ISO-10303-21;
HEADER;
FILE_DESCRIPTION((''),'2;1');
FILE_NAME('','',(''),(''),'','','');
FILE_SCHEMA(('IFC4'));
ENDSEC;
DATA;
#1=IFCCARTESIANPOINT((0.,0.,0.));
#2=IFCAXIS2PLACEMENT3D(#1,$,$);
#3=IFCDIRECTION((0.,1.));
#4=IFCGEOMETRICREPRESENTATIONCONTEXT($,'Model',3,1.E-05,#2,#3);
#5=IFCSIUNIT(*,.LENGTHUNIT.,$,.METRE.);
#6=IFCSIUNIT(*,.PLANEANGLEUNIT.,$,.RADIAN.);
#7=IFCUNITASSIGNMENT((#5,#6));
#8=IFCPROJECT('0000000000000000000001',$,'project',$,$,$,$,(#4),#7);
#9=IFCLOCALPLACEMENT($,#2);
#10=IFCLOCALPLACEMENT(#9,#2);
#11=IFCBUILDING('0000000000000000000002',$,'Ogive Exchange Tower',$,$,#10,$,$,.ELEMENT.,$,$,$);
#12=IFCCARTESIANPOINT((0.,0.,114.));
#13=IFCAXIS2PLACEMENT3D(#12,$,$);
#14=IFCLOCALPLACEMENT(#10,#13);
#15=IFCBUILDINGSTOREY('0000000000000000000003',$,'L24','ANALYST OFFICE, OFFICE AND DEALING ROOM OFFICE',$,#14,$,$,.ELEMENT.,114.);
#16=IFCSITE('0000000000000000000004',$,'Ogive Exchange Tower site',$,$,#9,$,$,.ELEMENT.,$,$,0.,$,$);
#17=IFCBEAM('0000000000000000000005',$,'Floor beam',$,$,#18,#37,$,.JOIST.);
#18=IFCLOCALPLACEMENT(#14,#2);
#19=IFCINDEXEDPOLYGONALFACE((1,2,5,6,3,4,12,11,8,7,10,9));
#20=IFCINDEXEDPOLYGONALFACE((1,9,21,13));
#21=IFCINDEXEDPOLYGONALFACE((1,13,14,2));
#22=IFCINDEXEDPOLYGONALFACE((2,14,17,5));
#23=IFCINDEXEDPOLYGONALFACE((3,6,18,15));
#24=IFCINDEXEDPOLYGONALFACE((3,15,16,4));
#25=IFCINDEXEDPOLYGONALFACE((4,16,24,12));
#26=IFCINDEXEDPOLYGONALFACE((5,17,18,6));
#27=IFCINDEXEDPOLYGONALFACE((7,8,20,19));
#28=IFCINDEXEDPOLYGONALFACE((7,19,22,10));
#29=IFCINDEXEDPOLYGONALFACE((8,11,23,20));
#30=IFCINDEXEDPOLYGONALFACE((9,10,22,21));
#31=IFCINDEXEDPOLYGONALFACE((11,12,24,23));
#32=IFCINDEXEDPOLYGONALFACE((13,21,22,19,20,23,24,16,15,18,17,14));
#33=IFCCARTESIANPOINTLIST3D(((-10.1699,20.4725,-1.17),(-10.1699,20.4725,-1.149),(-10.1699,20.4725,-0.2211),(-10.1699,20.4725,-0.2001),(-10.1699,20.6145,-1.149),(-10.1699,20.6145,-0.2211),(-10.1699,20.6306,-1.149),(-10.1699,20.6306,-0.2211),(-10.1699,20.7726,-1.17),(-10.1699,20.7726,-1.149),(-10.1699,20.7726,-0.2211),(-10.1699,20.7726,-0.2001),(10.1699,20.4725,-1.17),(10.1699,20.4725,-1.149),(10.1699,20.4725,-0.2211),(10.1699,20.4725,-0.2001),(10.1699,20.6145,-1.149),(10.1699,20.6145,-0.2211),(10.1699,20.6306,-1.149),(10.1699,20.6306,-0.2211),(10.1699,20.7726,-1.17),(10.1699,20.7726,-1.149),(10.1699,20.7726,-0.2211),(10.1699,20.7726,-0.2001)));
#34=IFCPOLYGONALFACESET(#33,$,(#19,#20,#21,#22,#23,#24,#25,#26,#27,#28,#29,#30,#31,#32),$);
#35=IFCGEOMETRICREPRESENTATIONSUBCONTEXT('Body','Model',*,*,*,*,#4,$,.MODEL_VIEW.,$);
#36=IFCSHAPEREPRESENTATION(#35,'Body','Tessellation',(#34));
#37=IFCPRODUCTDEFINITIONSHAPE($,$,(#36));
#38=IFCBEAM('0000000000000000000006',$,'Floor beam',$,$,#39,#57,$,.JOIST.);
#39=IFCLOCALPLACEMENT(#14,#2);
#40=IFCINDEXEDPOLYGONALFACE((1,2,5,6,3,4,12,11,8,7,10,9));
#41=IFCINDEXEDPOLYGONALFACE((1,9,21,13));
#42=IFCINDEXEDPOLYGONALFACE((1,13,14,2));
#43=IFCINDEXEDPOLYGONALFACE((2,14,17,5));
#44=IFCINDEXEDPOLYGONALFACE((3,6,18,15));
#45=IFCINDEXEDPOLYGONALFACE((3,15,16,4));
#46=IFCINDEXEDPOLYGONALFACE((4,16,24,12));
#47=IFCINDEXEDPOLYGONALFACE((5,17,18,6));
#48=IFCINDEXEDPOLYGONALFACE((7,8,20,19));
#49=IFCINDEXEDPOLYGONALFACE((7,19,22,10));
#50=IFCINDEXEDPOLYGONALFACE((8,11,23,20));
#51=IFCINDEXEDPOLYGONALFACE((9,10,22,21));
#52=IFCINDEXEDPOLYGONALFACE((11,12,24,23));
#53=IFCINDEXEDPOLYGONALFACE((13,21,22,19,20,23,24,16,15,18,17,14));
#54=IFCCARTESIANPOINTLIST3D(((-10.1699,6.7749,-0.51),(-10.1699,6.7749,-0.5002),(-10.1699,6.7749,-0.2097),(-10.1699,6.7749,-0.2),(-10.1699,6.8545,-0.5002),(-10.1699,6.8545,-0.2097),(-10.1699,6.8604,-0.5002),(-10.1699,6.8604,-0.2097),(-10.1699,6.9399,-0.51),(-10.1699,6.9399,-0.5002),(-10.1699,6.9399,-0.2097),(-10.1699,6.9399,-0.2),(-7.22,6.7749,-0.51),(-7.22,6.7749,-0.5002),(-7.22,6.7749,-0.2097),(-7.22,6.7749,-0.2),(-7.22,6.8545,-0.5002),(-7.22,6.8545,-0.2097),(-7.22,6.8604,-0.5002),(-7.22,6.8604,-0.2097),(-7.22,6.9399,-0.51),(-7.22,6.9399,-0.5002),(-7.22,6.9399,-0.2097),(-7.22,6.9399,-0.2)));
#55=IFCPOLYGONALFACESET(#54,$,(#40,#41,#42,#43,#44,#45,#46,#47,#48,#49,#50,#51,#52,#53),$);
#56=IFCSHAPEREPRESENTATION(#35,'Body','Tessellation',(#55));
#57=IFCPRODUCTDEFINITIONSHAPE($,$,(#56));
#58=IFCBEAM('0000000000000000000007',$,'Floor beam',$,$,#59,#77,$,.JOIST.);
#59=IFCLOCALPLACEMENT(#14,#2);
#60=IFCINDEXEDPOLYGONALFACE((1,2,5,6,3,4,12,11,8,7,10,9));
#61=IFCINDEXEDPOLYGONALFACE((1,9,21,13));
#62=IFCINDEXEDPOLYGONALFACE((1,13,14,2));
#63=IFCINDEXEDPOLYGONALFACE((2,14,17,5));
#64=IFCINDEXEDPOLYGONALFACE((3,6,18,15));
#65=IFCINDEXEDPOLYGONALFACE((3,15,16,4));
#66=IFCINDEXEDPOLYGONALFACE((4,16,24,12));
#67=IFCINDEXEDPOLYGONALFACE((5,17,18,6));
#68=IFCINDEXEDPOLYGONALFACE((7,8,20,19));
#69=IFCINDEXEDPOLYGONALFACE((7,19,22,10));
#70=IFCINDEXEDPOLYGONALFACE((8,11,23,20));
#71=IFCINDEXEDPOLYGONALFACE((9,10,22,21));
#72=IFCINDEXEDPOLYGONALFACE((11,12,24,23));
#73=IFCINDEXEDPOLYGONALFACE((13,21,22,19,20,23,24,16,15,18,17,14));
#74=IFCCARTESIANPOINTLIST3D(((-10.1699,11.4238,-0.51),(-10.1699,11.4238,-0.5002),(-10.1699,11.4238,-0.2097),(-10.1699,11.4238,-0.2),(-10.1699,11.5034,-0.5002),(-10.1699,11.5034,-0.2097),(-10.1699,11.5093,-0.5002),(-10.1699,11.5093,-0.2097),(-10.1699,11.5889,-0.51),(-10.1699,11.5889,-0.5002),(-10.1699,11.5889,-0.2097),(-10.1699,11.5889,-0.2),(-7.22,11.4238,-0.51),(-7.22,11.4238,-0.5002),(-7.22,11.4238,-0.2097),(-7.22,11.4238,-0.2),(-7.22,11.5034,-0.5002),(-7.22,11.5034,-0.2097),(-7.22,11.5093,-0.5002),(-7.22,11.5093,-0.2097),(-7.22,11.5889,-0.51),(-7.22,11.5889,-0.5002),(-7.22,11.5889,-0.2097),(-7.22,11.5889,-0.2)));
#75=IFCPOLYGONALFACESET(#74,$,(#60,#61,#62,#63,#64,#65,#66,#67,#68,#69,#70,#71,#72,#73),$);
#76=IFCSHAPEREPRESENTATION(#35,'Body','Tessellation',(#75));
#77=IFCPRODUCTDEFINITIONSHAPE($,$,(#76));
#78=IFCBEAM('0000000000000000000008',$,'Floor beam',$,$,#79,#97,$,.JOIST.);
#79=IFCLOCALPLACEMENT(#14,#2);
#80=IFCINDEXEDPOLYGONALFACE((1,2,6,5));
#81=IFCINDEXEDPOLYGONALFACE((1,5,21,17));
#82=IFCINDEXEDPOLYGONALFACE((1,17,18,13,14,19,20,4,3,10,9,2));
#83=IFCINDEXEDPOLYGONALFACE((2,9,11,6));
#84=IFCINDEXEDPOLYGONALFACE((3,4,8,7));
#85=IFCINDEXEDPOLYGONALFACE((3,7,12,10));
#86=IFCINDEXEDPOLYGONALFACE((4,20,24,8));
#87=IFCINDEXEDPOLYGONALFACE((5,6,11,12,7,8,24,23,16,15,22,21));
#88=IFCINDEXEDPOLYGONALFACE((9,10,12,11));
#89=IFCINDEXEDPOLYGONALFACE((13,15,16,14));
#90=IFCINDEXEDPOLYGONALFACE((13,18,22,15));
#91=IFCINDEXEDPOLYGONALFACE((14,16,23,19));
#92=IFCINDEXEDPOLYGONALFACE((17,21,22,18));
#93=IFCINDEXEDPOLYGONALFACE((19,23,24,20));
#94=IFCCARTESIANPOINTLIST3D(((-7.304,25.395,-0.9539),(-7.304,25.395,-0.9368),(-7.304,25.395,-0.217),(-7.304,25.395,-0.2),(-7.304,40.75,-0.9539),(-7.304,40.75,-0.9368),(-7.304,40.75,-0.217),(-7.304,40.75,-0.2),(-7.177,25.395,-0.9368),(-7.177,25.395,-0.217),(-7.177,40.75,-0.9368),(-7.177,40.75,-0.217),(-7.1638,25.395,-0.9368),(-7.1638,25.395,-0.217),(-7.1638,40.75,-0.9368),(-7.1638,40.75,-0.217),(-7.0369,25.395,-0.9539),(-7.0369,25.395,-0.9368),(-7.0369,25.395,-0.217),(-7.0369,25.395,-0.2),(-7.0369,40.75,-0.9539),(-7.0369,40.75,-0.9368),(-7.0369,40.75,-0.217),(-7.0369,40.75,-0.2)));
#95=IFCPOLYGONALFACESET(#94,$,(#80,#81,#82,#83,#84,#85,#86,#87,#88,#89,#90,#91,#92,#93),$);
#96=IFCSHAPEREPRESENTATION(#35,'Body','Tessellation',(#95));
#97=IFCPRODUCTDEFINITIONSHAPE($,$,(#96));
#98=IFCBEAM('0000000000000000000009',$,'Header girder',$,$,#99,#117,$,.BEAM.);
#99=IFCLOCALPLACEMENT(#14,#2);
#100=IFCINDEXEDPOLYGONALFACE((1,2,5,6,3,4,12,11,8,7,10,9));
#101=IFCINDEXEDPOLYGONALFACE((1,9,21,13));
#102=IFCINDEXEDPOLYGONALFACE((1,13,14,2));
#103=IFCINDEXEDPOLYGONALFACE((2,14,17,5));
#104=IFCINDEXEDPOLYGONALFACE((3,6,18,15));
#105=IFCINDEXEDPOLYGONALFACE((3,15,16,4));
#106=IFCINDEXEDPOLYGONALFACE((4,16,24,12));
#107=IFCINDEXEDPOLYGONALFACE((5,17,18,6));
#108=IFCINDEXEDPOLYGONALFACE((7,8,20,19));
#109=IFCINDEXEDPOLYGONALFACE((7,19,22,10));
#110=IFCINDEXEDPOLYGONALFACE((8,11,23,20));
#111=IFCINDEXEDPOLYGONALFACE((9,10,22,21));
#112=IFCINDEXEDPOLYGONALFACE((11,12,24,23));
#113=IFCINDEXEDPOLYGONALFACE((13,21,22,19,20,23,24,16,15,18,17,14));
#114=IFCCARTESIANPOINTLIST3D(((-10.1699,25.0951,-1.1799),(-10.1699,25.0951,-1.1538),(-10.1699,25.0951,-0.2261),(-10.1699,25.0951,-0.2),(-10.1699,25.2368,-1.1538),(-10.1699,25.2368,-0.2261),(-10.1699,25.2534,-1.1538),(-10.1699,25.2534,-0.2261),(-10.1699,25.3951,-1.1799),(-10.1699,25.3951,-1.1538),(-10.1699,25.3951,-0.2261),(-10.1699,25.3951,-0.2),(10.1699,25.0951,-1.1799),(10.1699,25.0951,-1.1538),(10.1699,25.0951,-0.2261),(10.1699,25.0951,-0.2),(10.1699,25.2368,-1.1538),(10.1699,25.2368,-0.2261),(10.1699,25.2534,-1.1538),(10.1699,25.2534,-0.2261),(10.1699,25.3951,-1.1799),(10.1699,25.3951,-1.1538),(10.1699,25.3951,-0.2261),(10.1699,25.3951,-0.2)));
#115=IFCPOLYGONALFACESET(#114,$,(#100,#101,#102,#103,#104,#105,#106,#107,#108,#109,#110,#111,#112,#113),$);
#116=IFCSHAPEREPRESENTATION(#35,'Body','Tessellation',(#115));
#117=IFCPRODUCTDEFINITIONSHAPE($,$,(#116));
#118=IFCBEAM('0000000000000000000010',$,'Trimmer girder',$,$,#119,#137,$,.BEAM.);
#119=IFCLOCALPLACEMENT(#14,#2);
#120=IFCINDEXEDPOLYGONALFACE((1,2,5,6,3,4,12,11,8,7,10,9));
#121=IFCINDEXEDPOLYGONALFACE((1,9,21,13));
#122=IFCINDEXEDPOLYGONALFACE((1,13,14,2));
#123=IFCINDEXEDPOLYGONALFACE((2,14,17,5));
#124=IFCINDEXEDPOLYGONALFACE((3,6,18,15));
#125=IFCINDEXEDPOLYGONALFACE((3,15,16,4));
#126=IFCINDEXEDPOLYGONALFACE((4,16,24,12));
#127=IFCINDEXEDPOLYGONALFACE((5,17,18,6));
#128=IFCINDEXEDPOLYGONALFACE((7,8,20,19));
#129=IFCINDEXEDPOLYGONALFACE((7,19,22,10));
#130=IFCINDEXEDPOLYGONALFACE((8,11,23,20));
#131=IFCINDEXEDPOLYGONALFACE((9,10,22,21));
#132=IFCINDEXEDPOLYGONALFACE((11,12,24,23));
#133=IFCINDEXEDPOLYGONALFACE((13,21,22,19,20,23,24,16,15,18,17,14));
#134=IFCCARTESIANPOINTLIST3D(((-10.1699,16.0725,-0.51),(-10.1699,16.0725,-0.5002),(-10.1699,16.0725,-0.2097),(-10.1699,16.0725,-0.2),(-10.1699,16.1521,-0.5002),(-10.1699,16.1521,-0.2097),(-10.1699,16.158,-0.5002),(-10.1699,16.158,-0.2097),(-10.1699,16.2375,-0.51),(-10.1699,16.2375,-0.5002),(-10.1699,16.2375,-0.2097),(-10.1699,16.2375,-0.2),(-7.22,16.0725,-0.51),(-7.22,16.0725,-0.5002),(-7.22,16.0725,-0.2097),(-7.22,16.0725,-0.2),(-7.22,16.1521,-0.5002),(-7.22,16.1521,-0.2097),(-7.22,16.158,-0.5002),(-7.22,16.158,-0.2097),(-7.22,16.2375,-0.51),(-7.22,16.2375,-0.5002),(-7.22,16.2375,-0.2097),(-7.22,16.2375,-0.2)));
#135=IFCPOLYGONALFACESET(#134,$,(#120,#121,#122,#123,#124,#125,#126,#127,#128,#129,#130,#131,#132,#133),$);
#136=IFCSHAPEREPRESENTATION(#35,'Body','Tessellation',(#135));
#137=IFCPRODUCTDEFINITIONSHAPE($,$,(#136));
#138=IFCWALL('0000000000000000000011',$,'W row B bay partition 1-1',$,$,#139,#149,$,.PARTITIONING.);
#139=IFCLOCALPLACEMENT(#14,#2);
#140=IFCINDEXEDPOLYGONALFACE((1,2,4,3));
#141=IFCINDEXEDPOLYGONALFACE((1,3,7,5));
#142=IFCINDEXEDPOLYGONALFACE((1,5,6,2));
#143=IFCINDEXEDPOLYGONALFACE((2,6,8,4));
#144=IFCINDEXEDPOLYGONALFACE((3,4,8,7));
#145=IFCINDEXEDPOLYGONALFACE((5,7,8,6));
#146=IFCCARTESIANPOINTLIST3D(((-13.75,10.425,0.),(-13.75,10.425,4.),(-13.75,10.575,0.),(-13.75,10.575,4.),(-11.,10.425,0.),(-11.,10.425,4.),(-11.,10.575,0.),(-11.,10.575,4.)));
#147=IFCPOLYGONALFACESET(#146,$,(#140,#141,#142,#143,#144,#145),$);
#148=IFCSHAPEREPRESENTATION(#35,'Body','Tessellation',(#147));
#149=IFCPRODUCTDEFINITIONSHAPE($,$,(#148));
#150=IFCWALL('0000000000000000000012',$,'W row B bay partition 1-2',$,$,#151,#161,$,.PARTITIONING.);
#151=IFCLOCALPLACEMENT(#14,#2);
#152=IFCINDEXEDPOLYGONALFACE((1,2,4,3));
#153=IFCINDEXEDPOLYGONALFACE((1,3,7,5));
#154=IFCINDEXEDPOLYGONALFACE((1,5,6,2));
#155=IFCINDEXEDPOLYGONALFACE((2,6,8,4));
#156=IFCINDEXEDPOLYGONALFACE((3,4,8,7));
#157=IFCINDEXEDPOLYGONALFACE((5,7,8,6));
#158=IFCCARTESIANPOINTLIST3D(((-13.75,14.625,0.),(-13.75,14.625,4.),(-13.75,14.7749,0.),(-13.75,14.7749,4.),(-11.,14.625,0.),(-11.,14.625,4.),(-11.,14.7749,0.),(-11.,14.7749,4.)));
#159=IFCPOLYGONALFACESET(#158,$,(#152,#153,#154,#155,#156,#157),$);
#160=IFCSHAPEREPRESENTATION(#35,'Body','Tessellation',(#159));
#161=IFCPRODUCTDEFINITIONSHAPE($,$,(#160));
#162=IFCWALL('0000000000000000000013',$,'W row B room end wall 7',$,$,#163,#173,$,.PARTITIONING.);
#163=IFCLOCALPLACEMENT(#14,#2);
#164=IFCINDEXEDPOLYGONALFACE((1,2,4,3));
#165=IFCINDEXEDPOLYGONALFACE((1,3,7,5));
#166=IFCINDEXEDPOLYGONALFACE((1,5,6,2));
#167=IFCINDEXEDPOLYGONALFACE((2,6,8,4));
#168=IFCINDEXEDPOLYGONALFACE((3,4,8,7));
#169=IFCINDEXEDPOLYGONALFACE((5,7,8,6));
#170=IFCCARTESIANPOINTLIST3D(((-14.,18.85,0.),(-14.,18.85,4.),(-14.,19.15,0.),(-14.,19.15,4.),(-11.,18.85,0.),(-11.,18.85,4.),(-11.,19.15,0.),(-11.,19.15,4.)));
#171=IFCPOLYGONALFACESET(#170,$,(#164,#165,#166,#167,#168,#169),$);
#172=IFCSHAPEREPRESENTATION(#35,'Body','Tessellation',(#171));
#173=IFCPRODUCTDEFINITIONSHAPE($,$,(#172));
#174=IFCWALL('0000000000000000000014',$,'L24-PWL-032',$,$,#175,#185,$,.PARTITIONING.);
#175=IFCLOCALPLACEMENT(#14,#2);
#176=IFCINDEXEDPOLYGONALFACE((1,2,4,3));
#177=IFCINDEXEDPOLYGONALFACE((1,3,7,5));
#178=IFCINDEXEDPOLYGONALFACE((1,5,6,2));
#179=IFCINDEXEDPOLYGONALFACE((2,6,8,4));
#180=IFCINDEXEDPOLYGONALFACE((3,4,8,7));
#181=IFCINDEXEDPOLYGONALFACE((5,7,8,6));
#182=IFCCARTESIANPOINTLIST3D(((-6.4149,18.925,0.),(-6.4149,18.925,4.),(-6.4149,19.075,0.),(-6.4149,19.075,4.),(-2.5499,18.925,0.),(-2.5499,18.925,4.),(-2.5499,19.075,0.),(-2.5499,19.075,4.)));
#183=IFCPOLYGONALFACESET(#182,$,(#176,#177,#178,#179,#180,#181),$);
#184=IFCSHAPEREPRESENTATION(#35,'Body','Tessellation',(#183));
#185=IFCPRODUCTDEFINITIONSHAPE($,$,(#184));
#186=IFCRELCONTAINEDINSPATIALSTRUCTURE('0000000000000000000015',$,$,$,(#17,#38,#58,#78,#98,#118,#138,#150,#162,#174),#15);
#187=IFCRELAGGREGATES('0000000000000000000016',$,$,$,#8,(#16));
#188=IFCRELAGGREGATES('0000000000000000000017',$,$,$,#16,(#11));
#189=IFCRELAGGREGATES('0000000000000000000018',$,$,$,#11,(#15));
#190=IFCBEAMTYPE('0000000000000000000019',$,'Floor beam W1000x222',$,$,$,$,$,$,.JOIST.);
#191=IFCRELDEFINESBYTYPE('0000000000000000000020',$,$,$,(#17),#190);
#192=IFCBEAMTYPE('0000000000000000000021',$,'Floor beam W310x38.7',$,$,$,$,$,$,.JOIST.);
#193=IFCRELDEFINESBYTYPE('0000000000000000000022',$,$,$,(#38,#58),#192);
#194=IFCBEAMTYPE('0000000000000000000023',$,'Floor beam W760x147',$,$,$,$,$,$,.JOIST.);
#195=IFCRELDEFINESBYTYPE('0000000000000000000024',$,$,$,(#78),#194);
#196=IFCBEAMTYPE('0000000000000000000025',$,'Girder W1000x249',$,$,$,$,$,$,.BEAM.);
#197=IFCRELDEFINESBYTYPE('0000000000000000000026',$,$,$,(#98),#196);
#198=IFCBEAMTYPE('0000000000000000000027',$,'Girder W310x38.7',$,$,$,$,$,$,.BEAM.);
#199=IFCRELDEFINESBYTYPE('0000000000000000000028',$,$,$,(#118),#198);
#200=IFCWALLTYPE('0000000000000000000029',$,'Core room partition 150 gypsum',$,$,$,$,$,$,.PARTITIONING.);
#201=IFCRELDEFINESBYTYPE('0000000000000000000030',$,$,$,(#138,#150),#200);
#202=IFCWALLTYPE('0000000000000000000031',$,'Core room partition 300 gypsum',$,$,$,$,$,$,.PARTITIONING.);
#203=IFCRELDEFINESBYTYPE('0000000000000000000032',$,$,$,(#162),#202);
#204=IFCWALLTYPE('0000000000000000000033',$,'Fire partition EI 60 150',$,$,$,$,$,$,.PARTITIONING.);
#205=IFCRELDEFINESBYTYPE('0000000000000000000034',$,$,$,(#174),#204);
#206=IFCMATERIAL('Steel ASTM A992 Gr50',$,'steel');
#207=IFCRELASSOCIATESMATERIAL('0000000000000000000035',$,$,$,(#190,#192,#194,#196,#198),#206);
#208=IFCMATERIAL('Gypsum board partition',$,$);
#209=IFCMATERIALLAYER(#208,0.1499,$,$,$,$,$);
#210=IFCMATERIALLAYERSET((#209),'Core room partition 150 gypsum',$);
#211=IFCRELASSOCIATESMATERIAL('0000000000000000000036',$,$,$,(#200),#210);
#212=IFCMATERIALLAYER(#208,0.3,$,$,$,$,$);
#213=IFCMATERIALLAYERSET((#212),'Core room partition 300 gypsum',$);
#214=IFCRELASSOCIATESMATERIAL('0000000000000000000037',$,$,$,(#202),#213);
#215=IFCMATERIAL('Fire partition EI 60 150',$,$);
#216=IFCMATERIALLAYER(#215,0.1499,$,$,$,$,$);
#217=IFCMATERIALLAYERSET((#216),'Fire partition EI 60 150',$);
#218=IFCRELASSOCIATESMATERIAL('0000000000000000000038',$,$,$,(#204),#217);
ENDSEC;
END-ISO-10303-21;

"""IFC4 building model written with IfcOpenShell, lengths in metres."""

from ifc_helpers import new_model, si_unit, direction, frame, frame_2d, origin, origin_2d, place, context, subcontext, project, spatial, rectangle, i_section, extrude, material, layer, layer_set, material_profile, profile_set, type_object, element, save


model = new_model("IFC4")

# Units and contexts
model_context = context("Model", 3, precision=1e-05, world=origin(), true_north=direction((0.0, 1.0)))
body_context = subcontext(model_context, "Body", "Model", "MODEL_VIEW")
ifc_project = project(units=[si_unit("LENGTHUNIT", "METRE"), si_unit("PLANEANGLEUNIT", "RADIAN")], contexts=[model_context])

# Site, building, storey
site_placement = place(None, origin())
site = spatial("IfcSite", under=ifc_project, at=site_placement, Name="Ogive Exchange Tower site", CompositionType="ELEMENT", RefElevation=0.0)
building_placement = place(site_placement, origin())
building = spatial("IfcBuilding", under=site, at=building_placement, Name="Ogive Exchange Tower", CompositionType="ELEMENT")
storey_placement = place(building_placement, frame((0.0, 0.0, 114.0)))
storey = spatial("IfcBuildingStorey", under=building, at=storey_placement, Name="L24", Description="ANALYST OFFICE, OFFICE AND DEALING ROOM OFFICE", CompositionType="ELEMENT", Elevation=114.0)

# Beams
ifc_material_1 = material(Name="Steel ASTM A992 Gr50", Category="steel")
ifc_material_profile_1 = material_profile(ifc_material_1, i_section(OverallWidth=0.3, OverallDepth=0.97, WebThickness=0.0161, FlangeThickness=0.021, at=origin_2d()), Name="W1000x222")
ifc_profile_set_1 = profile_set([ifc_material_profile_1], Name="Steel ASTM A992 Gr50")
beam_type_1 = type_object("IfcBeamType", Name="Floor beam W1000x222", PredefinedType="JOIST", material=ifc_profile_set_1)
beam_1_placement = place(storey_placement, frame((-10.1699, 20.6226, -0.6851), z_axis=(1.0, 0.0, 0.0), x_axis=(0.0, 1.0, 0.0)))
element("IfcBeam", 1, at=beam_1_placement, inside=storey, type_object=beam_type_1, Name="Floor beam", PredefinedType="JOIST", context=body_context, shape_type="SweptSolid", body=[
    extrude(i_section(OverallWidth=0.3, OverallDepth=0.97, WebThickness=0.0161, FlangeThickness=0.021, at=origin_2d()), origin(), (0.0, 0.0, 1.0), 20.3398),
])
ifc_material_profile_2 = material_profile(ifc_material_1, i_section(OverallWidth=0.165, OverallDepth=0.3101, WebThickness=0.0059, FlangeThickness=0.0098, at=origin_2d()), Name="W310x38.7")
ifc_profile_set_2 = profile_set([ifc_material_profile_2], Name="Steel ASTM A992 Gr50")
beam_type_2 = type_object("IfcBeamType", Name="Floor beam W310x38.7", PredefinedType="JOIST", material=ifc_profile_set_2)
for number, where, z_axis, x_axis, name in (
    (2, (-10.1699, 6.8574, -0.355), (1.0, 0.0, 0.0), (0.0, 1.0, 0.0), "Floor beam"),
    (3, (-10.1699, 11.5063, -0.355), (1.0, 0.0, 0.0), (0.0, 1.0, 0.0), "Floor beam"),
):
    element("IfcBeam", number, at=place(storey_placement, frame(where, z_axis=z_axis, x_axis=x_axis)), inside=storey, type_object=beam_type_2, Name=name, PredefinedType="JOIST", context=body_context, shape_type="SweptSolid", body=[
        extrude(i_section(OverallWidth=0.165, OverallDepth=0.3101, WebThickness=0.0059, FlangeThickness=0.0098, at=origin_2d()), origin(), (0.0, 0.0, 1.0), 2.95),
    ])
ifc_material_profile_3 = material_profile(ifc_material_1, i_section(OverallWidth=0.2671, OverallDepth=0.7539, WebThickness=0.0132, FlangeThickness=0.0171, at=origin_2d()), Name="W760x147")
ifc_profile_set_3 = profile_set([ifc_material_profile_3], Name="Steel ASTM A992 Gr50")
beam_type_3 = type_object("IfcBeamType", Name="Floor beam W760x147", PredefinedType="JOIST", material=ifc_profile_set_3)
beam_2_placement = place(storey_placement, frame((-7.1704, 25.395, -0.5769), z_axis=(0.0, 1.0, 0.0), x_axis=(-1.0, 0.0, 0.0)))
element("IfcBeam", 4, at=beam_2_placement, inside=storey, type_object=beam_type_3, Name="Floor beam", PredefinedType="JOIST", context=body_context, shape_type="SweptSolid", body=[
    extrude(i_section(OverallWidth=0.2671, OverallDepth=0.7539, WebThickness=0.0132, FlangeThickness=0.0171, at=origin_2d()), origin(), (0.0, 0.0, 1.0), 15.355),
])
ifc_material_profile_4 = material_profile(ifc_material_1, i_section(OverallWidth=0.3, OverallDepth=0.98, WebThickness=0.0166, FlangeThickness=0.0261, at=origin_2d()), Name="W1000x249")
ifc_profile_set_4 = profile_set([ifc_material_profile_4], Name="Steel ASTM A992 Gr50")
beam_type_4 = type_object("IfcBeamType", Name="Girder W1000x249", PredefinedType="BEAM", material=ifc_profile_set_4)
beam_3_placement = place(storey_placement, frame((-10.1699, 25.2451, -0.6899), z_axis=(1.0, 0.0, 0.0), x_axis=(0.0, 1.0, 0.0)))
element("IfcBeam", 5, at=beam_3_placement, inside=storey, type_object=beam_type_4, Name="Header girder", PredefinedType="BEAM", context=body_context, shape_type="SweptSolid", body=[
    extrude(i_section(OverallWidth=0.3, OverallDepth=0.98, WebThickness=0.0166, FlangeThickness=0.0261, at=origin_2d()), origin(), (0.0, 0.0, 1.0), 20.3398),
])
ifc_material_profile_5 = material_profile(ifc_material_1, i_section(OverallWidth=0.165, OverallDepth=0.3101, WebThickness=0.0059, FlangeThickness=0.0098, at=origin_2d()), Name="W310x38.7")
ifc_profile_set_5 = profile_set([ifc_material_profile_5], Name="Steel ASTM A992 Gr50")
beam_type_5 = type_object("IfcBeamType", Name="Girder W310x38.7", PredefinedType="BEAM", material=ifc_profile_set_5)
beam_4_placement = place(storey_placement, frame((-10.1699, 16.155, -0.355), z_axis=(1.0, 0.0, 0.0), x_axis=(0.0, 1.0, 0.0)))
element("IfcBeam", 6, at=beam_4_placement, inside=storey, type_object=beam_type_5, Name="Trimmer girder", PredefinedType="BEAM", context=body_context, shape_type="SweptSolid", body=[
    extrude(i_section(OverallWidth=0.165, OverallDepth=0.3101, WebThickness=0.0059, FlangeThickness=0.0098, at=origin_2d()), origin(), (0.0, 0.0, 1.0), 2.95),
])

# Walls
ifc_material_2 = material(Name="Gypsum board partition")
ifc_layer_1 = layer(ifc_material_2, 0.1499)
ifc_layer_set_1 = layer_set([ifc_layer_1], Name="Core room partition 150 gypsum")
wall_type_1 = type_object("IfcWallType", Name="Core room partition 150 gypsum", PredefinedType="PARTITIONING", material=ifc_layer_set_1)
for number, where, z_axis, x_axis, name in (
    (7, (-13.75, 10.5, 0.0), (0.0, 0.0, 1.0), (1.0, 0.0, 0.0), "W row B bay partition 1-1"),
    (8, (-13.75, 14.7, 0.0), (0.0, 0.0, 1.0), (1.0, 0.0, 0.0), "W row B bay partition 1-2"),
):
    element("IfcWall", number, at=place(storey_placement, frame(where, z_axis=z_axis, x_axis=x_axis)), inside=storey, type_object=wall_type_1, Name=name, PredefinedType="PARTITIONING", context=body_context, shape_type="SweptSolid", body=[
        extrude(rectangle(XDim=2.75, YDim=0.1499, at=frame_2d((1.375, 0.0))), origin(), (0.0, 0.0, 1.0), 4.0),
    ])
ifc_layer_2 = layer(ifc_material_2, 0.3)
ifc_layer_set_2 = layer_set([ifc_layer_2], Name="Core room partition 300 gypsum")
wall_type_2 = type_object("IfcWallType", Name="Core room partition 300 gypsum", PredefinedType="PARTITIONING", material=ifc_layer_set_2)
wall_1_placement = place(storey_placement, frame((-14.0, 19.0, 0.0), z_axis=(0.0, 0.0, 1.0), x_axis=(1.0, 0.0, 0.0)))
element("IfcWall", 9, at=wall_1_placement, inside=storey, type_object=wall_type_2, Name="W row B room end wall 7", PredefinedType="PARTITIONING", context=body_context, shape_type="SweptSolid", body=[
    extrude(rectangle(XDim=3.0, YDim=0.3, at=frame_2d((1.5, 0.0))), origin(), (0.0, 0.0, 1.0), 4.0),
])
ifc_material_3 = material(Name="Fire partition EI 60 150")
ifc_layer_3 = layer(ifc_material_3, 0.1499)
ifc_layer_set_3 = layer_set([ifc_layer_3], Name="Fire partition EI 60 150")
wall_type_3 = type_object("IfcWallType", Name="Fire partition EI 60 150", PredefinedType="PARTITIONING", material=ifc_layer_set_3)
wall_2_placement = place(storey_placement, frame((-6.415, 19.0, 0.0), z_axis=(0.0, 0.0, 1.0), x_axis=(1.0, 0.0, 0.0)))
element("IfcWall", 10, at=wall_2_placement, inside=storey, type_object=wall_type_3, Name="L24-PWL-032", PredefinedType="PARTITIONING", context=body_context, shape_type="SweptSolid", body=[
    extrude(rectangle(XDim=3.865, YDim=0.1499, at=frame_2d((1.9326, 0.0))), origin(), (0.0, 0.0, 1.0), 4.0),
])

save(model, "model.ifc")
